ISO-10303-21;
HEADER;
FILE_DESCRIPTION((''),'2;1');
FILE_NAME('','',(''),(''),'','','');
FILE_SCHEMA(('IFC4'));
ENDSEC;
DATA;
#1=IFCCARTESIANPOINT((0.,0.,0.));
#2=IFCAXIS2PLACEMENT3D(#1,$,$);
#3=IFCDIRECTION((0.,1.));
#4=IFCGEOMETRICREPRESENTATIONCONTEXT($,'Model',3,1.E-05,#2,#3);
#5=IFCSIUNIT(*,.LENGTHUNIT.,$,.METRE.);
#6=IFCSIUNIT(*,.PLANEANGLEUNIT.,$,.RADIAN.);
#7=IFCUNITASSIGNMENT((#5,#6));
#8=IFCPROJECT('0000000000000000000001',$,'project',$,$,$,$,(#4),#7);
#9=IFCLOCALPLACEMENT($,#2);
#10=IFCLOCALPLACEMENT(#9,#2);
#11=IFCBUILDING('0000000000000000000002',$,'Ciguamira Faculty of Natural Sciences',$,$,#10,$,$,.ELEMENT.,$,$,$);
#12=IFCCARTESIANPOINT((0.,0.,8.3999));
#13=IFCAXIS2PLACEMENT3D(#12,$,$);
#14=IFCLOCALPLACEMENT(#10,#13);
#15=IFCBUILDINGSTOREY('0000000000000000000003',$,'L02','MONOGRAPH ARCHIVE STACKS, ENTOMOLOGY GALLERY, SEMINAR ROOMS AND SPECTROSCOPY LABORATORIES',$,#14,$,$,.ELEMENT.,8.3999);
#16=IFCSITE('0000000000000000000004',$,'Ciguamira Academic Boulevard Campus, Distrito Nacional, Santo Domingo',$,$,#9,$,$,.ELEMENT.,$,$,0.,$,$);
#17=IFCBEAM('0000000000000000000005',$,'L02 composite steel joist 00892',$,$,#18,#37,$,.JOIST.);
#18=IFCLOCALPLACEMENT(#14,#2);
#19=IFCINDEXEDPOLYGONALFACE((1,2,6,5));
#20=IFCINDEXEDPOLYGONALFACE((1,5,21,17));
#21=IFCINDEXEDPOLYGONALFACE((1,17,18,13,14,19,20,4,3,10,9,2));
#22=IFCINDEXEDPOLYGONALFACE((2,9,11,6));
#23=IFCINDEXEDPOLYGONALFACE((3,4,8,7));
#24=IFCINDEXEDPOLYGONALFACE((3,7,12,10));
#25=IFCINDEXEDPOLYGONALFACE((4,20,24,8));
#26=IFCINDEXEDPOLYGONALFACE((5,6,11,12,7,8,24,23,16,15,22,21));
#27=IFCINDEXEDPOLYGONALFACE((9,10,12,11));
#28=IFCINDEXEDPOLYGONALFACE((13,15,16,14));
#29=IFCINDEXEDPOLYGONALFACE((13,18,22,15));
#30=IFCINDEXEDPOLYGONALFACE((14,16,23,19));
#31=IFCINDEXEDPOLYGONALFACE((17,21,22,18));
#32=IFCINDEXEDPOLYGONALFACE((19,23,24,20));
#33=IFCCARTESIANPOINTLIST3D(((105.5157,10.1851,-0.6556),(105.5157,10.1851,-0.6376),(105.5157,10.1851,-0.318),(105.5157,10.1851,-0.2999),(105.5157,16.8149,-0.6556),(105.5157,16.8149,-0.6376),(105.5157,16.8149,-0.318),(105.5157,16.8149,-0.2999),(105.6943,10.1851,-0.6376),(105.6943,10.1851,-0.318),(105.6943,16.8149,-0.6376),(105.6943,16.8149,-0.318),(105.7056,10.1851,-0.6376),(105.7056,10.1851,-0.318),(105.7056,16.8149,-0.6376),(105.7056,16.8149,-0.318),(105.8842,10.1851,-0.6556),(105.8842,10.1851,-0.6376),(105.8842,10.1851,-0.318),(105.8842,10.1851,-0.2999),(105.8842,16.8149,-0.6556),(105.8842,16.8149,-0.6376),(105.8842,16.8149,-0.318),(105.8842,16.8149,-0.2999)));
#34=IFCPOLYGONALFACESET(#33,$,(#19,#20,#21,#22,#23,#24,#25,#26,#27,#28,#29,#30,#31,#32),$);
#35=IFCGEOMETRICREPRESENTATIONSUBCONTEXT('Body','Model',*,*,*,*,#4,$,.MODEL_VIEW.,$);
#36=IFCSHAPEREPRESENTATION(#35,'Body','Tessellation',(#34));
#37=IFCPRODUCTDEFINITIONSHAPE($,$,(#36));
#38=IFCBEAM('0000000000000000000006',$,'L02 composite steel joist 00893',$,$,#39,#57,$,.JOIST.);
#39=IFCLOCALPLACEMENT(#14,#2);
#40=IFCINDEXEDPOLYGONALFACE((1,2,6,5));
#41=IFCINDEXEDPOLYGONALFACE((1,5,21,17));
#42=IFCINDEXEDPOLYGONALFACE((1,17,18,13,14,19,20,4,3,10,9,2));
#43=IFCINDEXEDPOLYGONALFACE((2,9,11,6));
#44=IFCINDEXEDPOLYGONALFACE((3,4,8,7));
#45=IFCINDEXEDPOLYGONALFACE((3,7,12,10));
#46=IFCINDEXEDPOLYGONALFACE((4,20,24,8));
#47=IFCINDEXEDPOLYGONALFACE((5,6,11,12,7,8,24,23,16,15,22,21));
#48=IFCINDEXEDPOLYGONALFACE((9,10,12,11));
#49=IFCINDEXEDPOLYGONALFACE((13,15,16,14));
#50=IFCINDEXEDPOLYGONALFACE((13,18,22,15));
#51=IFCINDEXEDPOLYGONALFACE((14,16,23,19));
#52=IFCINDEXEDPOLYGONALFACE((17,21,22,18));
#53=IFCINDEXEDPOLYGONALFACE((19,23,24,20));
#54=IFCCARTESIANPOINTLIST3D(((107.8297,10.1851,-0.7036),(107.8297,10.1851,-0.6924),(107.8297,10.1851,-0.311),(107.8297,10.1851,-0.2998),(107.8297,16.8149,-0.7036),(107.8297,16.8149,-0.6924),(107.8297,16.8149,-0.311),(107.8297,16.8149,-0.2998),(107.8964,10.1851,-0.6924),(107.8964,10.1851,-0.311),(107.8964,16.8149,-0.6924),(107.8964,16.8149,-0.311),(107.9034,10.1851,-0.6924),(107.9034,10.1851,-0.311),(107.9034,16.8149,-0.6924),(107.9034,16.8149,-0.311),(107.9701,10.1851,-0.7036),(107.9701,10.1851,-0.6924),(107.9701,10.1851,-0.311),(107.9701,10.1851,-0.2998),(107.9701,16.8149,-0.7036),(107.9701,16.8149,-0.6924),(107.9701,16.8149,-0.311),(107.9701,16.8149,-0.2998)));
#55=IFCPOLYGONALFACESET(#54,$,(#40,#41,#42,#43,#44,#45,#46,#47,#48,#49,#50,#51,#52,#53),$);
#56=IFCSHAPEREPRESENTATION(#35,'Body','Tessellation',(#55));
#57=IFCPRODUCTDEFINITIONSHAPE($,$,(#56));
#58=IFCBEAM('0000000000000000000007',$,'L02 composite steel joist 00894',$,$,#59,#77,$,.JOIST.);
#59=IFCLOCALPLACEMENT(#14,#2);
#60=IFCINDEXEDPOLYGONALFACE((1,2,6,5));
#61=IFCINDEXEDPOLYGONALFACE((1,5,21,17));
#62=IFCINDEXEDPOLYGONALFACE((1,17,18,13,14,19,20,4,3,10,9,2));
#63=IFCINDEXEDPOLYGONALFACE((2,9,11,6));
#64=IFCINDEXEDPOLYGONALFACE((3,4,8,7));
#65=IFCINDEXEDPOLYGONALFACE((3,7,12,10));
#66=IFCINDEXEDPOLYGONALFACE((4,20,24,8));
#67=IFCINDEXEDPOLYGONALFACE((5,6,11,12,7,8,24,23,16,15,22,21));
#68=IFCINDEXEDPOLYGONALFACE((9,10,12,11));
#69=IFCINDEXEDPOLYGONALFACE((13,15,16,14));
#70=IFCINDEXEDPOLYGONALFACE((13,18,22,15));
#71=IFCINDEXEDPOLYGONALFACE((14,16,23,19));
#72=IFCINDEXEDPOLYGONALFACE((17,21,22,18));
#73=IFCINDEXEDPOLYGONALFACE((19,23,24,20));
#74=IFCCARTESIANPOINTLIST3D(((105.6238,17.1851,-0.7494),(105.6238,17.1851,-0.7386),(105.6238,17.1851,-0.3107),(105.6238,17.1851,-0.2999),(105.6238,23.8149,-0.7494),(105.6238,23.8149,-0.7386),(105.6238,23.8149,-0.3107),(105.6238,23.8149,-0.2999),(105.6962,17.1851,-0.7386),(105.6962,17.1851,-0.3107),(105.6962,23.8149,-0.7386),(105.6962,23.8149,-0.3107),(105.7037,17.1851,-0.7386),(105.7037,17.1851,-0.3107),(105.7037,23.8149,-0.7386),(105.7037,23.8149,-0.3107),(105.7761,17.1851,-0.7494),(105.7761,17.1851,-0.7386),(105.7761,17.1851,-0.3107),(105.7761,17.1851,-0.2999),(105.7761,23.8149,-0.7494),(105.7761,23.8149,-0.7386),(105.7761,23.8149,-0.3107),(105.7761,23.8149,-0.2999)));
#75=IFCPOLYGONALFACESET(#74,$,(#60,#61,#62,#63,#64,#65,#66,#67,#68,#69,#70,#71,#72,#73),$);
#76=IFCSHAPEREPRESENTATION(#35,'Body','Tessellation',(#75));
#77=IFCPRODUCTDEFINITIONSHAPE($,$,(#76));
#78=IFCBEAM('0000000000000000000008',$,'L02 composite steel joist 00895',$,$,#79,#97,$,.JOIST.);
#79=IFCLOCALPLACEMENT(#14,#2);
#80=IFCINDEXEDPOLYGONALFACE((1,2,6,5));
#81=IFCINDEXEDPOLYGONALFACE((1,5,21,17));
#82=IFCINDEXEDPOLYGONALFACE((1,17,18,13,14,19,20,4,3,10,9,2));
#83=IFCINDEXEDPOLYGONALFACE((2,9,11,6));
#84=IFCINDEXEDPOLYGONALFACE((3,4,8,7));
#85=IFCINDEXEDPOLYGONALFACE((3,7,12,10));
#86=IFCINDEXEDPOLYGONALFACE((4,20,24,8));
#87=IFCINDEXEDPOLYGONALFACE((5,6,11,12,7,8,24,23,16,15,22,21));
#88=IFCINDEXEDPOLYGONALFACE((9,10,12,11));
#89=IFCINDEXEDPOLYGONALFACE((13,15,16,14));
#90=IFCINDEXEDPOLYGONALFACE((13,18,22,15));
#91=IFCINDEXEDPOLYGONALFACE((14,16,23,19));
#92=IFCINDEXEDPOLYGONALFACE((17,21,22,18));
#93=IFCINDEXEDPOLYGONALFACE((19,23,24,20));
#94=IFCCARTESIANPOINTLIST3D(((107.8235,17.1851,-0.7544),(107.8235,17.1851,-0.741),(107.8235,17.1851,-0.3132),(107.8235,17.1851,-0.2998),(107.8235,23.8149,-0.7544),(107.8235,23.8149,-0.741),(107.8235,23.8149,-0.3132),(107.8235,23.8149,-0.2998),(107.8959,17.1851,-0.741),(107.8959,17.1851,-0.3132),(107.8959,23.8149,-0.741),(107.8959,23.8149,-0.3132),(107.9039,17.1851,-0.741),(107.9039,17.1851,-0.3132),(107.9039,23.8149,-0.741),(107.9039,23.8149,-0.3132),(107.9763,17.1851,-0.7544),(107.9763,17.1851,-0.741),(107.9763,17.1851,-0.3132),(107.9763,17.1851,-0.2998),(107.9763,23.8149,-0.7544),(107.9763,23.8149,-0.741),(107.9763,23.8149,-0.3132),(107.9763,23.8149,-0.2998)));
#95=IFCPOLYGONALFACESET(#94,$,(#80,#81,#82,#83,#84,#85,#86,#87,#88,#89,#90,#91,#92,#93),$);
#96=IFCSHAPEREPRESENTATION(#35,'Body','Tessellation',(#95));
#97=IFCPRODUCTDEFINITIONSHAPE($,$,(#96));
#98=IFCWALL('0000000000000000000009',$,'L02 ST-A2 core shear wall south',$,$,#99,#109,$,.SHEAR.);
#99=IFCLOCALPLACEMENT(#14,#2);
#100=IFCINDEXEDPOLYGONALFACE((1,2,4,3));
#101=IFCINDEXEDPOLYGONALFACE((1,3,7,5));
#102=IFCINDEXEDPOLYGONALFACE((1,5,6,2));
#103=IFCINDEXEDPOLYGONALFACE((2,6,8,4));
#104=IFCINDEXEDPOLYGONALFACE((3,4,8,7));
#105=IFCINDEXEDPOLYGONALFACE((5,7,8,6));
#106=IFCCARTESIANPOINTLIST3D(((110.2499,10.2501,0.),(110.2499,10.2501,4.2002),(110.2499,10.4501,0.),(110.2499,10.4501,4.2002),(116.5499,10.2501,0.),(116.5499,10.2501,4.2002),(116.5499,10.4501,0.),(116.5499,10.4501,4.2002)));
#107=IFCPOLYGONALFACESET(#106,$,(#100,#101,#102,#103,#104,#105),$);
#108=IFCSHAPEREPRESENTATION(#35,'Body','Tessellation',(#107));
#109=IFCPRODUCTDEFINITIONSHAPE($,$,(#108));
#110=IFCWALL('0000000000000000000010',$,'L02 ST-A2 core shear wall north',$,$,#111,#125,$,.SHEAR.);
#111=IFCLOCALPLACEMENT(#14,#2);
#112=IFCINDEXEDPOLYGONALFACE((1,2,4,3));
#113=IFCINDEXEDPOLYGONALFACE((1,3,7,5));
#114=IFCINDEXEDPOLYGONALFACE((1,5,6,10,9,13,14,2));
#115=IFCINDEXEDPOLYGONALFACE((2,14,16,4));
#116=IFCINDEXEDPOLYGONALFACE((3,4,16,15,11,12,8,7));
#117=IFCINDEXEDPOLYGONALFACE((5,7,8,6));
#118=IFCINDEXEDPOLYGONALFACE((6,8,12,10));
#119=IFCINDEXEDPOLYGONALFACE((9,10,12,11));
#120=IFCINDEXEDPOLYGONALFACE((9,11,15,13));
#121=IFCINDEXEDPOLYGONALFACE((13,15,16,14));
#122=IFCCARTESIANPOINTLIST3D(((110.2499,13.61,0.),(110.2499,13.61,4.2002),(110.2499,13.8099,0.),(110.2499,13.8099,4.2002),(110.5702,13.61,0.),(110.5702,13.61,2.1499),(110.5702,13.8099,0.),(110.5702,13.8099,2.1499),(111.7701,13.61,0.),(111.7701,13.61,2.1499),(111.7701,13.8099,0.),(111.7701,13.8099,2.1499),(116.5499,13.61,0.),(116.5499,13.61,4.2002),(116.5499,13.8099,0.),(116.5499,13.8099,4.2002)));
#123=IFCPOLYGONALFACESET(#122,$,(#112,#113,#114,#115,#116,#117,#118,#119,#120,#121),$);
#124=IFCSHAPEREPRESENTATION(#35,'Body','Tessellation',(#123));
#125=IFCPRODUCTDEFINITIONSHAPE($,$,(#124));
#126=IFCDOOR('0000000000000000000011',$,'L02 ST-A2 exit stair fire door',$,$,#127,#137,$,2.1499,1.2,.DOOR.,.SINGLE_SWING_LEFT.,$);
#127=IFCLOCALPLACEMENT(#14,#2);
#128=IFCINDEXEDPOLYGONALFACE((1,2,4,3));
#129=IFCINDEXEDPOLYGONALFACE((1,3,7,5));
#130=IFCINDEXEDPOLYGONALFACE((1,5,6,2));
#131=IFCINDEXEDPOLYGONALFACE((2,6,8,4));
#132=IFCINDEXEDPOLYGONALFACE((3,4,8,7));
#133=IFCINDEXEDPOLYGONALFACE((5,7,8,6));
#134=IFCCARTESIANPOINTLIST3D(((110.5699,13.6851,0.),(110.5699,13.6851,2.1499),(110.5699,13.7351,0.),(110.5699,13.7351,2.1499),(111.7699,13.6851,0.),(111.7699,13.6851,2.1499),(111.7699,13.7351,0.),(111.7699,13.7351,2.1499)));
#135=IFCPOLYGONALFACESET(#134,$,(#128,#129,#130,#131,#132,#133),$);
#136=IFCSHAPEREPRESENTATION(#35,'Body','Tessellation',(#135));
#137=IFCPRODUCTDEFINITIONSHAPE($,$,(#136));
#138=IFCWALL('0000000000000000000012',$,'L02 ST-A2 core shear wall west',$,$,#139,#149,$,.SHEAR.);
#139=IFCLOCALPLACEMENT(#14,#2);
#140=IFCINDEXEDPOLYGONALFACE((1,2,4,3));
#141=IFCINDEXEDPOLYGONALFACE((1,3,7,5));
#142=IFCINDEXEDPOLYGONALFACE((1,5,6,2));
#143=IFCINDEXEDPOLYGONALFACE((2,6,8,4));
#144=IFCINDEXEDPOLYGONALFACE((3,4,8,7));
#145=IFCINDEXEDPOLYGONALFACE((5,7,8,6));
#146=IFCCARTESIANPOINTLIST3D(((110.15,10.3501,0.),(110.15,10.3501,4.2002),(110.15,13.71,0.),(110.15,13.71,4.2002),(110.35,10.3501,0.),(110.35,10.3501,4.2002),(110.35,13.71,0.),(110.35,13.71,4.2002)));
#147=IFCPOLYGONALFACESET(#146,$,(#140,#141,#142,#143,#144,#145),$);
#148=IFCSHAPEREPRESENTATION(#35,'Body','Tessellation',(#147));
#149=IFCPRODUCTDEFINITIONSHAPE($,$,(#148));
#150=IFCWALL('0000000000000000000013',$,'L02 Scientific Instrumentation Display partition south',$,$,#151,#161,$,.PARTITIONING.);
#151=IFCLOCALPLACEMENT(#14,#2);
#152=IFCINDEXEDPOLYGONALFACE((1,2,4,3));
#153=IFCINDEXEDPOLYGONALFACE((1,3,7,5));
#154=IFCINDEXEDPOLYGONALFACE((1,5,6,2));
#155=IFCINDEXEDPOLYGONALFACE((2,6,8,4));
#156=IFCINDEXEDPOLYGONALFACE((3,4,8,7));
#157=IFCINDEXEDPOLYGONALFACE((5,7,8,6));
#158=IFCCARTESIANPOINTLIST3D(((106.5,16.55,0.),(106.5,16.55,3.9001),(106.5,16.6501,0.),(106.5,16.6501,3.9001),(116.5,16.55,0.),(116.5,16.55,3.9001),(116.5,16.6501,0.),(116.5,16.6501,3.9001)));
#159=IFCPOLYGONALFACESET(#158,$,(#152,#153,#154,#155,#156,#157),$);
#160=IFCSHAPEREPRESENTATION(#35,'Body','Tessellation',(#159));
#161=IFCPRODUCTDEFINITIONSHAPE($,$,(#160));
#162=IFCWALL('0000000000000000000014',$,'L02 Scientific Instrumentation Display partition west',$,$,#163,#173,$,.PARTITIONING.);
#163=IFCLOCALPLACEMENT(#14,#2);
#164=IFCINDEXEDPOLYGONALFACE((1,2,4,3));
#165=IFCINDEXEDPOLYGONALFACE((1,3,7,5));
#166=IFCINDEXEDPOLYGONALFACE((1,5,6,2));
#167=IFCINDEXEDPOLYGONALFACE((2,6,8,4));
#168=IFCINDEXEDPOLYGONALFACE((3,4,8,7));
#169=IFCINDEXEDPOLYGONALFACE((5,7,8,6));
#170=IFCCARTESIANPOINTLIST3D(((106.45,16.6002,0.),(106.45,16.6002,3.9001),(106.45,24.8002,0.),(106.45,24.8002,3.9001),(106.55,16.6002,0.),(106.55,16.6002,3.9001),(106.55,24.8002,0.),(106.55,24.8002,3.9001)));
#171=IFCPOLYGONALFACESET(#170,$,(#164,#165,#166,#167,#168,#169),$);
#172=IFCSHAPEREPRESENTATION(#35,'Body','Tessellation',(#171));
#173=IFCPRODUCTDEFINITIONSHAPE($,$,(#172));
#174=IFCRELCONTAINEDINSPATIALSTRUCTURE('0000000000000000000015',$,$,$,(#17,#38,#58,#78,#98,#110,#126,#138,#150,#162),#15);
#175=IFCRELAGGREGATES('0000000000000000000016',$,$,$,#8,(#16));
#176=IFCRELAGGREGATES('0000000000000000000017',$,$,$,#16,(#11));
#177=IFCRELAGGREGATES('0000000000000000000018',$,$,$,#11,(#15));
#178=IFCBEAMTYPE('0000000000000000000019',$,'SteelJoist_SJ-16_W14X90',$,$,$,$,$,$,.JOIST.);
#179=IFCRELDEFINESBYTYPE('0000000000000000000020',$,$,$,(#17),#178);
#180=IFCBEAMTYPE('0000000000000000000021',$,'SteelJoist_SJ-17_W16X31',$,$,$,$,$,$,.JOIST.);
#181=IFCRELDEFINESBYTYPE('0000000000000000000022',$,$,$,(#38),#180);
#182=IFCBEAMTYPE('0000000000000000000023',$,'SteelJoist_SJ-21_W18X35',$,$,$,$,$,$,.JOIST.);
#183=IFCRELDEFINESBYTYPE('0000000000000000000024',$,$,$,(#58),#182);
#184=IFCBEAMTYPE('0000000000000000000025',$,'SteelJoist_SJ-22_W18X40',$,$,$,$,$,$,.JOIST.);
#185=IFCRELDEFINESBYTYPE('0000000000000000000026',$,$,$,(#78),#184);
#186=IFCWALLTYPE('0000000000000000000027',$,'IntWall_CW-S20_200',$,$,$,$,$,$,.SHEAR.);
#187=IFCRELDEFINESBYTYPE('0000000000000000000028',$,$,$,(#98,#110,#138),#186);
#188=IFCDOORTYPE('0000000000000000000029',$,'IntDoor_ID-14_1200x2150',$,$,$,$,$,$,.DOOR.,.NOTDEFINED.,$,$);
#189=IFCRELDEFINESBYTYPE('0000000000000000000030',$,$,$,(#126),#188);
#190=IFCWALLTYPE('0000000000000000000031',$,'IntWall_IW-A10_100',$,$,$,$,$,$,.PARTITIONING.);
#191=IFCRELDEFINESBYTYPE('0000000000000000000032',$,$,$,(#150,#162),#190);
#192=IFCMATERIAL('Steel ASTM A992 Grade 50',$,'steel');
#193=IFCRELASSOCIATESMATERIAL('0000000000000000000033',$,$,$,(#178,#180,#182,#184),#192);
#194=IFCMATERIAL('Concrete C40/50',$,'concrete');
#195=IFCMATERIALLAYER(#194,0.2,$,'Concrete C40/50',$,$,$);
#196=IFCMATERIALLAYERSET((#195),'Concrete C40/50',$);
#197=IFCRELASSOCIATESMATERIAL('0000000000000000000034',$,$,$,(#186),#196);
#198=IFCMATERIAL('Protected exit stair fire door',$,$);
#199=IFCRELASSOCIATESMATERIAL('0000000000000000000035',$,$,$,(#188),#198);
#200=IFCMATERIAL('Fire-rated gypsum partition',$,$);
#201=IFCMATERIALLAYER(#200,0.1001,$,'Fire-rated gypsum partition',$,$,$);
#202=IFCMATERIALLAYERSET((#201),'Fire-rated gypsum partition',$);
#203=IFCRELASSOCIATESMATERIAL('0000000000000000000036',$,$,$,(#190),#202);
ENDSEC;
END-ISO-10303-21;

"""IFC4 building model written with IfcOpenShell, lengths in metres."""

from ifc_helpers import new_model, si_unit, direction, frame, frame_2d, origin, origin_2d, place, context, subcontext, project, spatial, rectangle, i_section, extrude, material, layer, layer_set, material_profile, profile_set, type_object, element, fill, save


model = new_model("IFC4")

# Units and contexts
model_context = context("Model", 3, precision=1e-05, world=origin(), true_north=direction((0.0, 1.0)))
body_context = subcontext(model_context, "Body", "Model", "MODEL_VIEW")
ifc_project = project(units=[si_unit("LENGTHUNIT", "METRE"), si_unit("PLANEANGLEUNIT", "RADIAN")], contexts=[model_context])

# Site, building, storey
site_placement = place(None, origin())
site = spatial("IfcSite", under=ifc_project, at=site_placement, Name="Ciguamira Academic Boulevard Campus, Distrito Nacional, Santo Domingo", CompositionType="ELEMENT", RefElevation=0.0)
building_placement = place(site_placement, origin())
building = spatial("IfcBuilding", under=site, at=building_placement, Name="Ciguamira Faculty of Natural Sciences", CompositionType="ELEMENT")
storey_placement = place(building_placement, frame((0.0, 0.0, 8.3999)))
storey = spatial("IfcBuildingStorey", under=building, at=storey_placement, Name="L02", Description="MONOGRAPH ARCHIVE STACKS, ENTOMOLOGY GALLERY, SEMINAR ROOMS AND SPECTROSCOPY LABORATORIES", CompositionType="ELEMENT", Elevation=8.3999)

# Shared definitions
ifc_material_1 = material(Name="Concrete C40/50", Category="concrete")

# Beams
ifc_material_2 = material(Name="Steel ASTM A992 Grade 50", Category="steel")
ifc_material_profile_1 = material_profile(ifc_material_2, i_section(OverallWidth=0.3684, OverallDepth=0.3557, WebThickness=0.0112, FlangeThickness=0.0181, at=origin_2d()), Name="W14X90")
ifc_profile_set_1 = profile_set([ifc_material_profile_1], Name="Steel ASTM A992 Grade 50")
beam_type_1 = type_object("IfcBeamType", Name="SteelJoist_SJ-16_W14X90", PredefinedType="JOIST", material=ifc_profile_set_1)
beam_1_placement = place(storey_placement, frame((105.7, 10.1851, -0.4778), z_axis=(0.0, 1.0, 0.0), x_axis=(-1.0, 0.0, 0.0)))
element("IfcBeam", 1, at=beam_1_placement, inside=storey, type_object=beam_type_1, Name="L02 composite steel joist 00892", PredefinedType="JOIST", context=body_context, shape_type="SweptSolid", body=[
    extrude(i_section(OverallWidth=0.3684, OverallDepth=0.3557, WebThickness=0.0112, FlangeThickness=0.0181, at=origin_2d()), origin(), (0.0, 0.0, 1.0), 6.6299),
])
ifc_material_profile_2 = material_profile(ifc_material_2, i_section(OverallWidth=0.1404, OverallDepth=0.4038, WebThickness=0.0071, FlangeThickness=0.0112, at=origin_2d()), Name="W16X31")
ifc_profile_set_2 = profile_set([ifc_material_profile_2], Name="Steel ASTM A992 Grade 50")
beam_type_2 = type_object("IfcBeamType", Name="SteelJoist_SJ-17_W16X31", PredefinedType="JOIST", material=ifc_profile_set_2)
beam_2_placement = place(storey_placement, frame((107.8999, 10.1851, -0.5017), z_axis=(0.0, 1.0, 0.0), x_axis=(-1.0, 0.0, 0.0)))
element("IfcBeam", 2, at=beam_2_placement, inside=storey, type_object=beam_type_2, Name="L02 composite steel joist 00893", PredefinedType="JOIST", context=body_context, shape_type="SweptSolid", body=[
    extrude(i_section(OverallWidth=0.1404, OverallDepth=0.4038, WebThickness=0.0071, FlangeThickness=0.0112, at=origin_2d()), origin(), (0.0, 0.0, 1.0), 6.6299),
])
ifc_material_profile_3 = material_profile(ifc_material_2, i_section(OverallWidth=0.1523, OverallDepth=0.4495, WebThickness=0.0076, FlangeThickness=0.0107, at=origin_2d()), Name="W18X35")
ifc_profile_set_3 = profile_set([ifc_material_profile_3], Name="Steel ASTM A992 Grade 50")
beam_type_3 = type_object("IfcBeamType", Name="SteelJoist_SJ-21_W18X35", PredefinedType="JOIST", material=ifc_profile_set_3)
beam_3_placement = place(storey_placement, frame((105.7, 17.1851, -0.5247), z_axis=(0.0, 1.0, 0.0), x_axis=(-1.0, 0.0, 0.0)))
element("IfcBeam", 3, at=beam_3_placement, inside=storey, type_object=beam_type_3, Name="L02 composite steel joist 00894", PredefinedType="JOIST", context=body_context, shape_type="SweptSolid", body=[
    extrude(i_section(OverallWidth=0.1523, OverallDepth=0.4495, WebThickness=0.0076, FlangeThickness=0.0107, at=origin_2d()), origin(), (0.0, 0.0, 1.0), 6.6299),
])
ifc_material_profile_4 = material_profile(ifc_material_2, i_section(OverallWidth=0.1528, OverallDepth=0.4546, WebThickness=0.0081, FlangeThickness=0.0134, at=origin_2d()), Name="W18X40")
ifc_profile_set_4 = profile_set([ifc_material_profile_4], Name="Steel ASTM A992 Grade 50")
beam_type_4 = type_object("IfcBeamType", Name="SteelJoist_SJ-22_W18X40", PredefinedType="JOIST", material=ifc_profile_set_4)
beam_4_placement = place(storey_placement, frame((107.8999, 17.1851, -0.5271), z_axis=(0.0, 1.0, 0.0), x_axis=(-1.0, 0.0, 0.0)))
element("IfcBeam", 4, at=beam_4_placement, inside=storey, type_object=beam_type_4, Name="L02 composite steel joist 00895", PredefinedType="JOIST", context=body_context, shape_type="SweptSolid", body=[
    extrude(i_section(OverallWidth=0.1528, OverallDepth=0.4546, WebThickness=0.0081, FlangeThickness=0.0134, at=origin_2d()), origin(), (0.0, 0.0, 1.0), 6.6299),
])

# Wall
ifc_layer_1 = layer(ifc_material_1, 0.2, Name="Concrete C40/50")
ifc_layer_set_1 = layer_set([ifc_layer_1], Name="Concrete C40/50")
wall_type_1 = type_object("IfcWallType", Name="IntWall_CW-S20_200", PredefinedType="SHEAR", material=ifc_layer_set_1)
wall_1_placement = place(storey_placement, frame((110.25, 10.3501, 0.0), z_axis=(0.0, 0.0, 1.0), x_axis=(1.0, 0.0, 0.0)))
element("IfcWall", 5, at=wall_1_placement, inside=storey, type_object=wall_type_1, Name="L02 ST-A2 core shear wall south", PredefinedType="SHEAR", context=body_context, shape_type="SweptSolid", body=[
    extrude(rectangle(XDim=6.3, YDim=0.2, at=frame_2d((3.1499, 0.0))), origin(), (0.0, 0.0, 1.0), 4.2002),
])

# Wall, opening, door
wall_2_placement = place(storey_placement, frame((110.25, 13.71, 0.0), z_axis=(0.0, 0.0, 1.0), x_axis=(1.0, 0.0, 0.0)))
wall_2 = element("IfcWall", 6, at=wall_2_placement, inside=storey, type_object=wall_type_1, Name="L02 ST-A2 core shear wall north", PredefinedType="SHEAR", context=body_context, shape_type="SweptSolid", body=[
    extrude(rectangle(XDim=6.3, YDim=0.2, at=frame_2d((3.1499, 0.0))), origin(), (0.0, 0.0, 1.0), 4.2002),
])
opening_placement = place(wall_2_placement, frame((0.3201, 0.0, 0.0)))
opening = element("IfcOpeningElement", 7, at=opening_placement, cuts=wall_2, PredefinedType="OPENING", context=body_context, shape_type="SweptSolid", body=[
    extrude(rectangle(XDim=1.2, YDim=2.1499, at=frame_2d((0.6001, 1.075))), frame((0.0, 0.1099, 0.0), z_axis=(0.0, -1.0, 0.0), x_axis=(1.0, 0.0, 0.0)), (0.0, 0.0, 1.0), 0.22),
])
ifc_material_3 = material(Name="Protected exit stair fire door")
door_type = type_object("IfcDoorType", Name="IntDoor_ID-14_1200x2150", OperationType="NOTDEFINED", PredefinedType="DOOR", material=ifc_material_3)
door_placement = place(opening_placement, frame((1.2, 0.0, 0.0), z_axis=(0.0, 0.0, 1.0), x_axis=(-1.0, 0.0, 0.0)))
door = element("IfcDoor", 8, at=door_placement, inside=storey, type_object=door_type, Name="L02 ST-A2 exit stair fire door", OperationType="SINGLE_SWING_LEFT", OverallHeight=2.1499, OverallWidth=1.2, PredefinedType="DOOR", context=body_context, shape_type="SweptSolid", body=[
    extrude(rectangle(XDim=1.2, YDim=2.1499, at=frame_2d((0.6001, 1.075))), frame((0.0, 0.0249, 0.0), z_axis=(0.0, -1.0, 0.0), x_axis=(1.0, 0.0, 0.0)), (0.0, 0.0, 1.0), 0.05),
])
fill(opening, door)

# Walls
wall_3_placement = place(storey_placement, frame((110.25, 10.3501, 0.0), z_axis=(0.0, 0.0, 1.0), x_axis=(0.0, 1.0, 0.0)))
element("IfcWall", 9, at=wall_3_placement, inside=storey, type_object=wall_type_1, Name="L02 ST-A2 core shear wall west", PredefinedType="SHEAR", context=body_context, shape_type="SweptSolid", body=[
    extrude(rectangle(XDim=3.3599, YDim=0.2, at=frame_2d((1.6799, 0.0))), origin(), (0.0, 0.0, 1.0), 4.2002),
])
ifc_material_4 = material(Name="Fire-rated gypsum partition")
ifc_layer_2 = layer(ifc_material_4, 0.1001, Name="Fire-rated gypsum partition")
ifc_layer_set_2 = layer_set([ifc_layer_2], Name="Fire-rated gypsum partition")
wall_type_2 = type_object("IfcWallType", Name="IntWall_IW-A10_100", PredefinedType="PARTITIONING", material=ifc_layer_set_2)
wall_4_placement = place(storey_placement, frame((106.5, 16.6001, 0.0), z_axis=(0.0, 0.0, 1.0), x_axis=(1.0, 0.0, 0.0)))
element("IfcWall", 10, at=wall_4_placement, inside=storey, type_object=wall_type_2, Name="L02 Scientific Instrumentation Display partition south", PredefinedType="PARTITIONING", context=body_context, shape_type="SweptSolid", body=[
    extrude(rectangle(XDim=10.0, YDim=0.1001, at=frame_2d((5.0, 0.0))), origin(), (0.0, 0.0, 1.0), 3.9001),
])
wall_5_placement = place(storey_placement, frame((106.5, 16.6001, 0.0), z_axis=(0.0, 0.0, 1.0), x_axis=(0.0, 1.0, 0.0)))
element("IfcWall", 11, at=wall_5_placement, inside=storey, type_object=wall_type_2, Name="L02 Scientific Instrumentation Display partition west", PredefinedType="PARTITIONING", context=body_context, shape_type="SweptSolid", body=[
    extrude(rectangle(XDim=8.2, YDim=0.1001, at=frame_2d((4.1001, 0.0))), origin(), (0.0, 0.0, 1.0), 3.9001),
])

save(model, "model.ifc")
